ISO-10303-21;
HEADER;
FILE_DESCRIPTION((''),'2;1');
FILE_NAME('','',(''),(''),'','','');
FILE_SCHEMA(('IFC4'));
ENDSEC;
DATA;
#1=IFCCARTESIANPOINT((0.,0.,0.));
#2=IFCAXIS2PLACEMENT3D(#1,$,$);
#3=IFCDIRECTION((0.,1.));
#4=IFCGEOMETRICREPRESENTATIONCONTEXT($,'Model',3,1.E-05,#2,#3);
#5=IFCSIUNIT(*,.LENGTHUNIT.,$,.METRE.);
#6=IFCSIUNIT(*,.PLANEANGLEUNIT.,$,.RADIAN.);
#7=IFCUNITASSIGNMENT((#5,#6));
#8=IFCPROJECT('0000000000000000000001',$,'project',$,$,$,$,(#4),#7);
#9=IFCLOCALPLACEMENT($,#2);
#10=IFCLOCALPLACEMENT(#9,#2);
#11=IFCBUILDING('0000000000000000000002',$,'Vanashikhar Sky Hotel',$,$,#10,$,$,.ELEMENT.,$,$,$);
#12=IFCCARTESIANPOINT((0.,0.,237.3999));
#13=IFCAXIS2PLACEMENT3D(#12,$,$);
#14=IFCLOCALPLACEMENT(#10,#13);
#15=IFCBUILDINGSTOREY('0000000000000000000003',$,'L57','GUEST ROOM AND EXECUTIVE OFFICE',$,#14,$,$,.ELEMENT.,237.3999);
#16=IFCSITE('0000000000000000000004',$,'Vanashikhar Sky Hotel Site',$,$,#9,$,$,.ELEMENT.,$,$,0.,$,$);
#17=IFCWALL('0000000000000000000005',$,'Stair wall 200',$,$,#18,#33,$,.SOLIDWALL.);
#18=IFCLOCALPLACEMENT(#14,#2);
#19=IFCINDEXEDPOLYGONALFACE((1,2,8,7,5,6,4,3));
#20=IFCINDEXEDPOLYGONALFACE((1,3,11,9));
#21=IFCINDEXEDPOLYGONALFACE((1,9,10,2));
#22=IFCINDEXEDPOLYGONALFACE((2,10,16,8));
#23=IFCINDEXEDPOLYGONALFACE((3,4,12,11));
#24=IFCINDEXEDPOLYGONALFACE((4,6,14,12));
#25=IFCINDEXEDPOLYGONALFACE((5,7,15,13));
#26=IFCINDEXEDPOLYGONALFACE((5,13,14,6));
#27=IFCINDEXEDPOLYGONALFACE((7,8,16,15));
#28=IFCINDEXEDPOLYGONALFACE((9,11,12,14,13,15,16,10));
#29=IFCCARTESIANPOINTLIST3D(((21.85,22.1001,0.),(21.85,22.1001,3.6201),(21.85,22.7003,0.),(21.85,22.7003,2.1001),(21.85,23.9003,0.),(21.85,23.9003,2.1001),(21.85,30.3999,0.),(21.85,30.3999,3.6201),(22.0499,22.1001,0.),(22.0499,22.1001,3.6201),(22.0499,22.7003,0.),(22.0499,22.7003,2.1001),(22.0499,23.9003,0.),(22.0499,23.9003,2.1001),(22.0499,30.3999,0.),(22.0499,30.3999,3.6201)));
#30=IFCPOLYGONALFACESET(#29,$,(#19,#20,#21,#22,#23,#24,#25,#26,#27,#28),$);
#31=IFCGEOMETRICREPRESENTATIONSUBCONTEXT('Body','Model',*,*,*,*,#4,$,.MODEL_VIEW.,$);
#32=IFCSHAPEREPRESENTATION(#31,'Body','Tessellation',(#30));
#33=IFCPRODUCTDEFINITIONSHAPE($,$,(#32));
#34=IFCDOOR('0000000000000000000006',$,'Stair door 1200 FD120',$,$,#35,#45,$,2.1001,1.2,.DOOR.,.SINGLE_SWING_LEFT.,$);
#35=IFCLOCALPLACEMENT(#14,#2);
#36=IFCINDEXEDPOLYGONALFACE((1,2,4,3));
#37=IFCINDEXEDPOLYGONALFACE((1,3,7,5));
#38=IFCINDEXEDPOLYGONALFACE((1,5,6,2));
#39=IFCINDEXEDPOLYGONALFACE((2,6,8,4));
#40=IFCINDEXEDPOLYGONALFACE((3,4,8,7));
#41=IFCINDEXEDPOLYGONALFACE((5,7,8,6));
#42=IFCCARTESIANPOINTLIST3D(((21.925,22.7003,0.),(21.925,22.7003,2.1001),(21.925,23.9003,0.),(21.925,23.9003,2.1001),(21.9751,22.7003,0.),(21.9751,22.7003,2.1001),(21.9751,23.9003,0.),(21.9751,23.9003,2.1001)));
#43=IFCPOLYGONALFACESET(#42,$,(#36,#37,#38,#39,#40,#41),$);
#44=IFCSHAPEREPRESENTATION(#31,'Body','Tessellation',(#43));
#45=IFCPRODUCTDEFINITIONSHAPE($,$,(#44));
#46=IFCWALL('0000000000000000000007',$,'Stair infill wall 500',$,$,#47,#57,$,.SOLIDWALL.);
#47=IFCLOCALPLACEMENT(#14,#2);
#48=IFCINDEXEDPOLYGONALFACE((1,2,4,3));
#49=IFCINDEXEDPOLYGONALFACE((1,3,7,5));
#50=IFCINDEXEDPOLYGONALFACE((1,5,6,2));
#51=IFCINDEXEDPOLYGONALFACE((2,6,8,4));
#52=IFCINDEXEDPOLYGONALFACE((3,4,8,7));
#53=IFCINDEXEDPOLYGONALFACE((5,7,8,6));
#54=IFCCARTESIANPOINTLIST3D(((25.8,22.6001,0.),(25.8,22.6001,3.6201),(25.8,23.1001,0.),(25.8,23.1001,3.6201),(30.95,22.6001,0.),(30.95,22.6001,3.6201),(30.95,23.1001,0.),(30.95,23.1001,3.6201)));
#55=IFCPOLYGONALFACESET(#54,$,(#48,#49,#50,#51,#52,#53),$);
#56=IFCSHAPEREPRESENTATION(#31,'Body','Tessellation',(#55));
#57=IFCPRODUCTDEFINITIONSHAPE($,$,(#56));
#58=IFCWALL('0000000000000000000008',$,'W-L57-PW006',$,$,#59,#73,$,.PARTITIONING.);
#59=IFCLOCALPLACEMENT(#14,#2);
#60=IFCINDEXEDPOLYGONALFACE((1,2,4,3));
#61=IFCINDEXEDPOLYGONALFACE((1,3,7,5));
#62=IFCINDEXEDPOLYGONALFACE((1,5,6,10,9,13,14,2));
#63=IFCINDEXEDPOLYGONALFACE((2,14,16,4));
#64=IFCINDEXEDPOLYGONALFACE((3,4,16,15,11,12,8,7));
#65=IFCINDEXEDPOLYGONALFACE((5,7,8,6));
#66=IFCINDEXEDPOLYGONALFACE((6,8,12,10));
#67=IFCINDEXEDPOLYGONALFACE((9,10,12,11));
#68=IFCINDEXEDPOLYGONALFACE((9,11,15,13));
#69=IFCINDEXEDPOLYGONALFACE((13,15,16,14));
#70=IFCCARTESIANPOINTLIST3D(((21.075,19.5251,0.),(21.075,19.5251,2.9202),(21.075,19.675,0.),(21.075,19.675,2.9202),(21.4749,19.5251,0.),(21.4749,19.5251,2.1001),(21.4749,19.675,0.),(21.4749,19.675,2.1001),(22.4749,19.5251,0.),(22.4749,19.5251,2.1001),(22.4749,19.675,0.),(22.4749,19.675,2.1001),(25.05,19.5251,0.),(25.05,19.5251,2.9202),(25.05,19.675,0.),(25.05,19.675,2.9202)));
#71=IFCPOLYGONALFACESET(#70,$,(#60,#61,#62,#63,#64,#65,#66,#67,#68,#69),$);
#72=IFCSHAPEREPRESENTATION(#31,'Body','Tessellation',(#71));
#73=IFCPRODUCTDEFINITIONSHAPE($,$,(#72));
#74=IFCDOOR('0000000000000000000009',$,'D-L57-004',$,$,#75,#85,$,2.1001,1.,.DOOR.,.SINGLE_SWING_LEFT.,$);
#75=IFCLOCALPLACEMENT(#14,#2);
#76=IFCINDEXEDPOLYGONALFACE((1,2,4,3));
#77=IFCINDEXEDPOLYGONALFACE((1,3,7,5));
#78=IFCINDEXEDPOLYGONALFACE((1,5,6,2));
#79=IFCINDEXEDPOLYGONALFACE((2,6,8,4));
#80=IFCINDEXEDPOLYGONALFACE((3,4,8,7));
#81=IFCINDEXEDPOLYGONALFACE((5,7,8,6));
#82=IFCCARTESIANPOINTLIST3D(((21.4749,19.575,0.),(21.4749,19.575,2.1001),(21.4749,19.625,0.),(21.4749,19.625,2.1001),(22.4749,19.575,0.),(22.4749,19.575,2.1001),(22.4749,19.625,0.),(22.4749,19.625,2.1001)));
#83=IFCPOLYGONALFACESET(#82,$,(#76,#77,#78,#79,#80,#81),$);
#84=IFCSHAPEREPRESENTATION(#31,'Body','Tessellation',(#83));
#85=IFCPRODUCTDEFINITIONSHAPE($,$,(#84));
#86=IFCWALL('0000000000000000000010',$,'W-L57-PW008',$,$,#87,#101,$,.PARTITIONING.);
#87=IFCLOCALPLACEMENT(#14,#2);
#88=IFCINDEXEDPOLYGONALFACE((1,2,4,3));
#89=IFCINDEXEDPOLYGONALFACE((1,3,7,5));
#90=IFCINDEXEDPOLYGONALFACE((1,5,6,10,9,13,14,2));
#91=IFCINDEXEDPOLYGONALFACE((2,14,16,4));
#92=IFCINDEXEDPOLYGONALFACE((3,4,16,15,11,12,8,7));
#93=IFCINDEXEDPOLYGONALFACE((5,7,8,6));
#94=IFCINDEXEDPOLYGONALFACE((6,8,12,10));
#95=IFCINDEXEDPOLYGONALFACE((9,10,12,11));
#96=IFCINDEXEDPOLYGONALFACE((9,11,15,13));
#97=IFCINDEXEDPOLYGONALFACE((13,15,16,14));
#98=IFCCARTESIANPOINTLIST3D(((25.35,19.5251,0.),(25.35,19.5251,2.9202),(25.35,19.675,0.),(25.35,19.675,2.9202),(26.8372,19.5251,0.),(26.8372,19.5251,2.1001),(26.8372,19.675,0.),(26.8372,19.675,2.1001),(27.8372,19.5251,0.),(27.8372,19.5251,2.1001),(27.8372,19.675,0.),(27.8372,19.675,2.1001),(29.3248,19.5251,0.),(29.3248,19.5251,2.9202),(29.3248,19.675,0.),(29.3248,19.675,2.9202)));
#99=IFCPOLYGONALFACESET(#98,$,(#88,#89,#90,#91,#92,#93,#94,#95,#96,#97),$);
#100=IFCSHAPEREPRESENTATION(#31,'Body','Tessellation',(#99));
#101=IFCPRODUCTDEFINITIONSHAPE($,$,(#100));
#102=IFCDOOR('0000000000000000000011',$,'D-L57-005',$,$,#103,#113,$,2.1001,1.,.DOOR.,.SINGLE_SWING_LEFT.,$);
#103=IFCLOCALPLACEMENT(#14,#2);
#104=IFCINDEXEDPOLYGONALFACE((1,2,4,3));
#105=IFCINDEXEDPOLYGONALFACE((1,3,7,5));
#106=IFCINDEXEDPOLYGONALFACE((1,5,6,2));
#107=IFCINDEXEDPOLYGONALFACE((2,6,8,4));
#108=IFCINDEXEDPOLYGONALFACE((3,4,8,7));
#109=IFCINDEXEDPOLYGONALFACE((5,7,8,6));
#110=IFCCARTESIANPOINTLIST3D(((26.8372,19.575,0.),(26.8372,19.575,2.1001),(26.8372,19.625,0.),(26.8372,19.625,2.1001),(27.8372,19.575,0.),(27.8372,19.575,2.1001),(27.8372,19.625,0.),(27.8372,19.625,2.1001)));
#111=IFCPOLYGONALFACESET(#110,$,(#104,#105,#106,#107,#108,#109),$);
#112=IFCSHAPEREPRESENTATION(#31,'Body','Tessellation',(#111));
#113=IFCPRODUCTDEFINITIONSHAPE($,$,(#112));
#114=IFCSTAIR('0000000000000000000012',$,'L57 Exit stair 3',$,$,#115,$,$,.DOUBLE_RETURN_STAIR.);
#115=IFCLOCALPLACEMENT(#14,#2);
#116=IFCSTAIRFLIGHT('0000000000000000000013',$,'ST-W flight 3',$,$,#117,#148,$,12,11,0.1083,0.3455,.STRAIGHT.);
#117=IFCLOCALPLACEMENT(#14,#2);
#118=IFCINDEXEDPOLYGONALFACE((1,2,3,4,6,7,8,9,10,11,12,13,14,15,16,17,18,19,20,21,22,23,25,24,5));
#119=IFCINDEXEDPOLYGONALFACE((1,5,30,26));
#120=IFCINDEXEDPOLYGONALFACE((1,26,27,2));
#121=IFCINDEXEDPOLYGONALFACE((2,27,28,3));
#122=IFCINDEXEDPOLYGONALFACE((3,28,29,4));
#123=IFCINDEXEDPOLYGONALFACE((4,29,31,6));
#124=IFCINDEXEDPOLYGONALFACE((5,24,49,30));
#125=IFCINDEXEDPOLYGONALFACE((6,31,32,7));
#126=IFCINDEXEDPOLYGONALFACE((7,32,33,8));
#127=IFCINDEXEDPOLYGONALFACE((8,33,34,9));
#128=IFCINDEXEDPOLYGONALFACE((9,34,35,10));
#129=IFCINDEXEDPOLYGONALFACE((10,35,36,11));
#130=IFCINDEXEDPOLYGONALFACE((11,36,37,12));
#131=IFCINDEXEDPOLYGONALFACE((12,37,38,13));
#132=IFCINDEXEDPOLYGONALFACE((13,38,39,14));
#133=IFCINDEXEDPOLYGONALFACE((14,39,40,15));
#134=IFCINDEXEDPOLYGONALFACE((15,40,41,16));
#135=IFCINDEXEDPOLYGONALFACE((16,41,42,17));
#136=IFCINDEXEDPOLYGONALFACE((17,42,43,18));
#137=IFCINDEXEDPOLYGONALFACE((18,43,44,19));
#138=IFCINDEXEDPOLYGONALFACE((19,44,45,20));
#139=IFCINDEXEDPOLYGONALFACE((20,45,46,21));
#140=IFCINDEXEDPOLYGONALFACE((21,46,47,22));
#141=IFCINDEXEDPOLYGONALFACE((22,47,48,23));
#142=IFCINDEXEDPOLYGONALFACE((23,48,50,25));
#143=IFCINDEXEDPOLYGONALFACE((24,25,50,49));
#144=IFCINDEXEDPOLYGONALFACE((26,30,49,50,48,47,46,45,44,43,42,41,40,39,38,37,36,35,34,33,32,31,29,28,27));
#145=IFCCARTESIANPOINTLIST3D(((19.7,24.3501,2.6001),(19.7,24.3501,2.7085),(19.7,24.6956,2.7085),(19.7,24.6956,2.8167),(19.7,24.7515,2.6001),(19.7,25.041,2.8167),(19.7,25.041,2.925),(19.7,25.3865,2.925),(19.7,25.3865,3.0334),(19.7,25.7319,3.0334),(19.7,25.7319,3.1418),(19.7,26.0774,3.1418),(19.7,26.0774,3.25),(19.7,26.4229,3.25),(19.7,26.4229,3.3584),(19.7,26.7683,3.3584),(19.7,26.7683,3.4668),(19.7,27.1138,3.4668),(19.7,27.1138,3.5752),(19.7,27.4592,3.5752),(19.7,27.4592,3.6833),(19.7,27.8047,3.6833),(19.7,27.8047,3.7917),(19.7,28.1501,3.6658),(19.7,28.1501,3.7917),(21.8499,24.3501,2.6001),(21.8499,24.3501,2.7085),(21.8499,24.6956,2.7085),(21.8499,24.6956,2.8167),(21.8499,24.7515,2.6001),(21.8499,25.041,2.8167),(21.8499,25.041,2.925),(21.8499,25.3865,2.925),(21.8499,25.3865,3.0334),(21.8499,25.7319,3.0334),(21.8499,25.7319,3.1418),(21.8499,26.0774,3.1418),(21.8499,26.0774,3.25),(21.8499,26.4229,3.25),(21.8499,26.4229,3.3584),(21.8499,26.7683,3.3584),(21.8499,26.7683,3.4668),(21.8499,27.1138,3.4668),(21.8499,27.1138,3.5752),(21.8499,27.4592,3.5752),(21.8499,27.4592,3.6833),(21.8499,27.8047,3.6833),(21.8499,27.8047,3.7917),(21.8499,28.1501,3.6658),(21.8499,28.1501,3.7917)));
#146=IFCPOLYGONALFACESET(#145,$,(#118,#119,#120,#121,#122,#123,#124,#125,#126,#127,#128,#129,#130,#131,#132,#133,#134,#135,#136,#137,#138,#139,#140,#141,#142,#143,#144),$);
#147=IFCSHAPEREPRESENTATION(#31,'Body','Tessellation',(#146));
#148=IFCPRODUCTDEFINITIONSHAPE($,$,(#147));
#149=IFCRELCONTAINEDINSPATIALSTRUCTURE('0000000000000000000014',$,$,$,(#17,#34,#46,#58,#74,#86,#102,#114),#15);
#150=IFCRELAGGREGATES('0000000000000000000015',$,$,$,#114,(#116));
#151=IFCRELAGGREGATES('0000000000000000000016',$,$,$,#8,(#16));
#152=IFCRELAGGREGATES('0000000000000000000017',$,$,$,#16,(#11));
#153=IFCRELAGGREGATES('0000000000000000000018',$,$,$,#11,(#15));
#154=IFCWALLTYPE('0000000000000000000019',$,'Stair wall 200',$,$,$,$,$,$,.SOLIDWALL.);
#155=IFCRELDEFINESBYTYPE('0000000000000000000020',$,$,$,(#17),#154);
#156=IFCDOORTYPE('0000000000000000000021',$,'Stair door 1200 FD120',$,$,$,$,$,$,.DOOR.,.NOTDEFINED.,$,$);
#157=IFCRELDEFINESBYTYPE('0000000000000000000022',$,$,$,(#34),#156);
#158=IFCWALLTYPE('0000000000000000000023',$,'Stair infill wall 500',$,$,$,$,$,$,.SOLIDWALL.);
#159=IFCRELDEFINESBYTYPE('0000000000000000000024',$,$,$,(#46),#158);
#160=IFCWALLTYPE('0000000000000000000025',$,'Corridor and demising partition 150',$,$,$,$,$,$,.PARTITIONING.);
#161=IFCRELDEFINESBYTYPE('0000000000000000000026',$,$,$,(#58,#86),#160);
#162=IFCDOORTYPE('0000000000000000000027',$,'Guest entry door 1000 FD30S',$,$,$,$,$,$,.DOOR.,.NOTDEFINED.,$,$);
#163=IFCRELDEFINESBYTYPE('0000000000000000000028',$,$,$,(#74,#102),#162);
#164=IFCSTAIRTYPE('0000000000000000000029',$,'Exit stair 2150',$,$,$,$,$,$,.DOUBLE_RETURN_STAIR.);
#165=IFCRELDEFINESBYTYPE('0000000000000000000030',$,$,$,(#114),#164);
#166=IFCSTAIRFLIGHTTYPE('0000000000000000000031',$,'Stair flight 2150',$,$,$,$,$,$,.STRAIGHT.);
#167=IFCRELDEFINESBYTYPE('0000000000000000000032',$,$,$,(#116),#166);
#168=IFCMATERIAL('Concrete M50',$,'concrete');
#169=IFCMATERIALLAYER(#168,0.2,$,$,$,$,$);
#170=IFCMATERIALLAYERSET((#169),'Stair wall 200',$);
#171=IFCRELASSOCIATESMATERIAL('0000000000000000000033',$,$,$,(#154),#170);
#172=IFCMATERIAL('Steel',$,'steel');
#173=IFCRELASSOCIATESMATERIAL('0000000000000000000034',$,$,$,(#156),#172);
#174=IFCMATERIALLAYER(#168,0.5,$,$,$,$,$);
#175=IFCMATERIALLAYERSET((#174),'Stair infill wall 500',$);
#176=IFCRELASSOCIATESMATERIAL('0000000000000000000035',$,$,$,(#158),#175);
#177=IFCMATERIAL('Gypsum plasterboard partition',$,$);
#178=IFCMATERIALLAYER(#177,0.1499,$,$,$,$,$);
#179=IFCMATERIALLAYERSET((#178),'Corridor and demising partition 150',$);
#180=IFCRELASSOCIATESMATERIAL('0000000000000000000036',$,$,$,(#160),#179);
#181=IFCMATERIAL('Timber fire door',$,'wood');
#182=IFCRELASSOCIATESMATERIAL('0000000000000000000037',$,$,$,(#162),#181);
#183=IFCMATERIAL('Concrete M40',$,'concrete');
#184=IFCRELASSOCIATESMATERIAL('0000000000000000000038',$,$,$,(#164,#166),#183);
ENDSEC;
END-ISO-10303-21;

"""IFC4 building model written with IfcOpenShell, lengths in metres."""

from ifc_helpers import new_model, si_unit, direction, frame, frame_2d, origin, place, context, subcontext, project, spatial, polyline, rectangle, outline, extrude, source, transform, mapped, material, layer, layer_set, type_object, element, fill, aggregate, save


model = new_model("IFC4")

# Units and contexts
model_context = context("Model", 3, precision=1e-05, world=origin(), true_north=direction((0.0, 1.0)))
body_context = subcontext(model_context, "Body", "Model", "MODEL_VIEW")
ifc_project = project(units=[si_unit("LENGTHUNIT", "METRE"), si_unit("PLANEANGLEUNIT", "RADIAN")], contexts=[model_context])

# Site, building, storey
site_placement = place(None, origin())
site = spatial("IfcSite", under=ifc_project, at=site_placement, Name="Vanashikhar Sky Hotel Site", CompositionType="ELEMENT", RefElevation=0.0)
building_placement = place(site_placement, origin())
building = spatial("IfcBuilding", under=site, at=building_placement, Name="Vanashikhar Sky Hotel", CompositionType="ELEMENT")
storey_placement = place(building_placement, frame((0.0, 0.0, 237.3999)))
storey = spatial("IfcBuildingStorey", under=building, at=storey_placement, Name="L57", Description="GUEST ROOM AND EXECUTIVE OFFICE", CompositionType="ELEMENT", Elevation=237.3999)

# Shared definitions
ifc_material_1 = material(Name="Steel", Category="steel")

# Wall, opening, door
ifc_material_2 = material(Name="Concrete M50", Category="concrete")
ifc_layer_1 = layer(ifc_material_2, 0.2)
ifc_layer_set_1 = layer_set([ifc_layer_1], Name="Stair wall 200")
wall_type_1 = type_object("IfcWallType", Name="Stair wall 200", PredefinedType="SOLIDWALL", material=ifc_layer_set_1)
shared_shape_1 = source(origin(), body_context, "Body", "SweptSolid", [
    extrude(rectangle(XDim=8.2998, YDim=0.2, at=frame_2d((4.1499, 0.0))), origin(), (0.0, 0.0, 1.0), 3.6201),
])
wall_1_placement = place(storey_placement, frame((21.95, 22.1001, 0.0), z_axis=(0.0, 0.0, 1.0), x_axis=(0.0, 1.0, 0.0)))
wall_1 = element("IfcWall", 1, at=wall_1_placement, inside=storey, type_object=wall_type_1, Name="Stair wall 200", PredefinedType="SOLIDWALL", context=body_context, shape_type="MappedRepresentation", body=[
    mapped(shared_shape_1, transform((0.0, 0.0, 0.0), scale=1.0)),
])
shared_shape_2 = source(origin(), body_context, "Body", "SweptSolid", [
    extrude(rectangle(XDim=1.2, YDim=2.1001, at=frame_2d((0.6001, 1.05))), frame((0.0, 0.1099, 0.0), z_axis=(0.0, -1.0, 0.0), x_axis=(1.0, 0.0, 0.0)), (0.0, 0.0, 1.0), 0.22),
])
opening_1_placement = place(wall_1_placement, frame((0.6001, 0.0, 0.0)))
opening_1 = element("IfcOpeningElement", 2, at=opening_1_placement, cuts=wall_1, PredefinedType="OPENING", context=body_context, shape_type="MappedRepresentation", body=[
    mapped(shared_shape_2, transform((0.0, 0.0, 0.0), scale=1.0)),
])
door_type_1 = type_object("IfcDoorType", Name="Stair door 1200 FD120", OperationType="NOTDEFINED", PredefinedType="DOOR", material=ifc_material_1)
shared_shape_3 = source(origin(), body_context, "Body", "SweptSolid", [
    extrude(rectangle(XDim=1.2, YDim=2.1001, at=frame_2d((0.6001, 1.05))), frame((0.0, 0.0249, 0.0), z_axis=(0.0, -1.0, 0.0), x_axis=(1.0, 0.0, 0.0)), (0.0, 0.0, 1.0), 0.05),
])
door_1_placement = place(opening_1_placement, origin())
door_1 = element("IfcDoor", 3, at=door_1_placement, inside=storey, type_object=door_type_1, Name="Stair door 1200 FD120", OperationType="SINGLE_SWING_LEFT", OverallHeight=2.1001, OverallWidth=1.2, PredefinedType="DOOR", context=body_context, shape_type="MappedRepresentation", body=[
    mapped(shared_shape_3, transform((0.0, 0.0, 0.0), scale=1.0)),
])
fill(opening_1, door_1)

# Wall
ifc_layer_2 = layer(ifc_material_2, 0.5)
ifc_layer_set_2 = layer_set([ifc_layer_2], Name="Stair infill wall 500")
wall_type_2 = type_object("IfcWallType", Name="Stair infill wall 500", PredefinedType="SOLIDWALL", material=ifc_layer_set_2)
shared_shape_4 = source(origin(), body_context, "Body", "SweptSolid", [
    extrude(rectangle(XDim=5.1499, YDim=0.5, at=frame_2d((2.575, 0.0))), origin(), (0.0, 0.0, 1.0), 3.6201),
])
wall_2_placement = place(storey_placement, frame((25.8, 22.8501, 0.0), z_axis=(0.0, 0.0, 1.0), x_axis=(1.0, 0.0, 0.0)))
element("IfcWall", 4, at=wall_2_placement, inside=storey, type_object=wall_type_2, Name="Stair infill wall 500", PredefinedType="SOLIDWALL", context=body_context, shape_type="MappedRepresentation", body=[
    mapped(shared_shape_4, transform((0.0, 0.0, 0.0), scale=1.0)),
])

# Walls, openings, doors
ifc_material_3 = material(Name="Gypsum plasterboard partition")
ifc_layer_3 = layer(ifc_material_3, 0.1499)
ifc_layer_set_3 = layer_set([ifc_layer_3], Name="Corridor and demising partition 150")
wall_type_3 = type_object("IfcWallType", Name="Corridor and demising partition 150", PredefinedType="PARTITIONING", material=ifc_layer_set_3)
shared_shape_5 = source(origin(), body_context, "Body", "SweptSolid", [
    extrude(rectangle(XDim=3.9751, YDim=0.1499, at=frame_2d((1.9875, 0.0))), origin(), (0.0, 0.0, 1.0), 2.9202),
])
wall_3_placement = place(storey_placement, frame((21.075, 19.6001, 0.0), z_axis=(0.0, 0.0, 1.0), x_axis=(1.0, 0.0, 0.0)))
wall_3 = element("IfcWall", 5, at=wall_3_placement, inside=storey, type_object=wall_type_3, Name="W-L57-PW006", PredefinedType="PARTITIONING", context=body_context, shape_type="MappedRepresentation", body=[
    mapped(shared_shape_5, transform((0.0, 0.0, 0.0), scale=1.0)),
])
shared_shape_6 = source(origin(), body_context, "Body", "SweptSolid", [
    extrude(rectangle(XDim=1.0, YDim=2.1001, at=frame_2d((0.5, 1.05))), frame((0.0, 0.085, 0.0), z_axis=(0.0, -1.0, 0.0), x_axis=(1.0, 0.0, 0.0)), (0.0, 0.0, 1.0), 0.1699),
])
opening_2_placement = place(wall_3_placement, frame((0.3999, 0.0, 0.0)))
opening_2 = element("IfcOpeningElement", 6, at=opening_2_placement, cuts=wall_3, PredefinedType="OPENING", context=body_context, shape_type="MappedRepresentation", body=[
    mapped(shared_shape_6, transform((0.0, 0.0, 0.0), scale=1.0)),
])
ifc_material_4 = material(Name="Timber fire door", Category="wood")
door_type_2 = type_object("IfcDoorType", Name="Guest entry door 1000 FD30S", OperationType="NOTDEFINED", PredefinedType="DOOR", material=ifc_material_4)
shared_shape_7 = source(origin(), body_context, "Body", "SweptSolid", [
    extrude(rectangle(XDim=1.0, YDim=2.1001, at=frame_2d((0.5, 1.05))), frame((0.0, 0.0249, 0.0), z_axis=(0.0, -1.0, 0.0), x_axis=(1.0, 0.0, 0.0)), (0.0, 0.0, 1.0), 0.05),
])
door_2_placement = place(opening_2_placement, origin())
door_2 = element("IfcDoor", 7, at=door_2_placement, inside=storey, type_object=door_type_2, Name="D-L57-004", OperationType="SINGLE_SWING_LEFT", OverallHeight=2.1001, OverallWidth=1.0, PredefinedType="DOOR", context=body_context, shape_type="MappedRepresentation", body=[
    mapped(shared_shape_7, transform((0.0, 0.0, 0.0), scale=1.0)),
])
fill(opening_2, door_2)
shared_shape_8 = source(origin(), body_context, "Body", "SweptSolid", [
    extrude(rectangle(XDim=3.9749, YDim=0.1499, at=frame_2d((1.9873, 0.0))), origin(), (0.0, 0.0, 1.0), 2.9202),
])
wall_4_placement = place(storey_placement, frame((25.3501, 19.6001, 0.0), z_axis=(0.0, 0.0, 1.0), x_axis=(1.0, 0.0, 0.0)))
wall_4 = element("IfcWall", 8, at=wall_4_placement, inside=storey, type_object=wall_type_3, Name="W-L57-PW008", PredefinedType="PARTITIONING", context=body_context, shape_type="MappedRepresentation", body=[
    mapped(shared_shape_8, transform((0.0, 0.0, 0.0), scale=1.0)),
])
opening_3_placement = place(wall_4_placement, frame((1.4871, 0.0, 0.0)))
opening_3 = element("IfcOpeningElement", 9, at=opening_3_placement, cuts=wall_4, PredefinedType="OPENING", context=body_context, shape_type="MappedRepresentation", body=[
    mapped(shared_shape_6, transform((0.0, 0.0, 0.0), scale=1.0)),
])
door_3_placement = place(opening_3_placement, origin())
door_3 = element("IfcDoor", 10, at=door_3_placement, inside=storey, type_object=door_type_2, Name="D-L57-005", OperationType="SINGLE_SWING_LEFT", OverallHeight=2.1001, OverallWidth=1.0, PredefinedType="DOOR", context=body_context, shape_type="MappedRepresentation", body=[
    mapped(shared_shape_7, transform((0.0, 0.0, 0.0), scale=1.0)),
])
fill(opening_3, door_3)

# Stair, stair flight
ifc_material_5 = material(Name="Concrete M40", Category="concrete")
stair_type = type_object("IfcStairType", Name="Exit stair 2150", PredefinedType="DOUBLE_RETURN_STAIR", material=ifc_material_5)
stair_placement = place(storey_placement, origin())
stair = element("IfcStair", 11, at=stair_placement, inside=storey, type_object=stair_type, Name="L57 Exit stair 3", PredefinedType="DOUBLE_RETURN_STAIR")
stair_flight_type = type_object("IfcStairFlightType", Name="Stair flight 2150", PredefinedType="STRAIGHT", material=ifc_material_5)
shared_shape_9 = source(origin(), body_context, "Body", "SweptSolid", [
    extrude(outline(polyline([(0.0, 0.0), (0.0, 0.1084), (0.3455, 0.1084), (0.3455, 0.2166), (0.6909, 0.2166), (0.6909, 0.325), (1.0364, 0.325), (1.0364, 0.4333), (1.3818, 0.4333), (1.3818, 0.5417), (1.7273, 0.5417), (1.7273, 0.6499), (2.0728, 0.6499), (2.0728, 0.7583), (2.4182, 0.7583), (2.4182, 0.8667), (2.7637, 0.8667), (2.7637, 0.9751), (3.1091, 0.9751), (3.1091, 1.0833), (3.4546, 1.0833), (3.4546, 1.1917), (3.8, 1.1917), (3.8, 1.3), (3.8, 1.0657), (0.4014, 0.0), (0.0, 0.0)])), frame((0.0, 1.075, 0.0), z_axis=(0.0, -1.0, 0.0), x_axis=(1.0, 0.0, 0.0)), (0.0, 0.0, 1.0), 2.1499),
])
stair_flight_placement = place(storey_placement, frame((20.7749, 24.3501, 2.6001), z_axis=(0.0, 0.0, 1.0), x_axis=(0.0, 1.0, 0.0)))
stair_flight = element("IfcStairFlight", 12, at=stair_flight_placement, type_object=stair_flight_type, Name="ST-W flight 3", NumberOfRisers=12, NumberOfTreads=11, PredefinedType="STRAIGHT", RiserHeight=0.1083, TreadLength=0.3455, context=body_context, shape_type="MappedRepresentation", body=[
    mapped(shared_shape_9, transform((0.0, 0.0, 0.0), scale=1.0)),
])
aggregate(stair, [stair_flight])

save(model, "model.ifc")
